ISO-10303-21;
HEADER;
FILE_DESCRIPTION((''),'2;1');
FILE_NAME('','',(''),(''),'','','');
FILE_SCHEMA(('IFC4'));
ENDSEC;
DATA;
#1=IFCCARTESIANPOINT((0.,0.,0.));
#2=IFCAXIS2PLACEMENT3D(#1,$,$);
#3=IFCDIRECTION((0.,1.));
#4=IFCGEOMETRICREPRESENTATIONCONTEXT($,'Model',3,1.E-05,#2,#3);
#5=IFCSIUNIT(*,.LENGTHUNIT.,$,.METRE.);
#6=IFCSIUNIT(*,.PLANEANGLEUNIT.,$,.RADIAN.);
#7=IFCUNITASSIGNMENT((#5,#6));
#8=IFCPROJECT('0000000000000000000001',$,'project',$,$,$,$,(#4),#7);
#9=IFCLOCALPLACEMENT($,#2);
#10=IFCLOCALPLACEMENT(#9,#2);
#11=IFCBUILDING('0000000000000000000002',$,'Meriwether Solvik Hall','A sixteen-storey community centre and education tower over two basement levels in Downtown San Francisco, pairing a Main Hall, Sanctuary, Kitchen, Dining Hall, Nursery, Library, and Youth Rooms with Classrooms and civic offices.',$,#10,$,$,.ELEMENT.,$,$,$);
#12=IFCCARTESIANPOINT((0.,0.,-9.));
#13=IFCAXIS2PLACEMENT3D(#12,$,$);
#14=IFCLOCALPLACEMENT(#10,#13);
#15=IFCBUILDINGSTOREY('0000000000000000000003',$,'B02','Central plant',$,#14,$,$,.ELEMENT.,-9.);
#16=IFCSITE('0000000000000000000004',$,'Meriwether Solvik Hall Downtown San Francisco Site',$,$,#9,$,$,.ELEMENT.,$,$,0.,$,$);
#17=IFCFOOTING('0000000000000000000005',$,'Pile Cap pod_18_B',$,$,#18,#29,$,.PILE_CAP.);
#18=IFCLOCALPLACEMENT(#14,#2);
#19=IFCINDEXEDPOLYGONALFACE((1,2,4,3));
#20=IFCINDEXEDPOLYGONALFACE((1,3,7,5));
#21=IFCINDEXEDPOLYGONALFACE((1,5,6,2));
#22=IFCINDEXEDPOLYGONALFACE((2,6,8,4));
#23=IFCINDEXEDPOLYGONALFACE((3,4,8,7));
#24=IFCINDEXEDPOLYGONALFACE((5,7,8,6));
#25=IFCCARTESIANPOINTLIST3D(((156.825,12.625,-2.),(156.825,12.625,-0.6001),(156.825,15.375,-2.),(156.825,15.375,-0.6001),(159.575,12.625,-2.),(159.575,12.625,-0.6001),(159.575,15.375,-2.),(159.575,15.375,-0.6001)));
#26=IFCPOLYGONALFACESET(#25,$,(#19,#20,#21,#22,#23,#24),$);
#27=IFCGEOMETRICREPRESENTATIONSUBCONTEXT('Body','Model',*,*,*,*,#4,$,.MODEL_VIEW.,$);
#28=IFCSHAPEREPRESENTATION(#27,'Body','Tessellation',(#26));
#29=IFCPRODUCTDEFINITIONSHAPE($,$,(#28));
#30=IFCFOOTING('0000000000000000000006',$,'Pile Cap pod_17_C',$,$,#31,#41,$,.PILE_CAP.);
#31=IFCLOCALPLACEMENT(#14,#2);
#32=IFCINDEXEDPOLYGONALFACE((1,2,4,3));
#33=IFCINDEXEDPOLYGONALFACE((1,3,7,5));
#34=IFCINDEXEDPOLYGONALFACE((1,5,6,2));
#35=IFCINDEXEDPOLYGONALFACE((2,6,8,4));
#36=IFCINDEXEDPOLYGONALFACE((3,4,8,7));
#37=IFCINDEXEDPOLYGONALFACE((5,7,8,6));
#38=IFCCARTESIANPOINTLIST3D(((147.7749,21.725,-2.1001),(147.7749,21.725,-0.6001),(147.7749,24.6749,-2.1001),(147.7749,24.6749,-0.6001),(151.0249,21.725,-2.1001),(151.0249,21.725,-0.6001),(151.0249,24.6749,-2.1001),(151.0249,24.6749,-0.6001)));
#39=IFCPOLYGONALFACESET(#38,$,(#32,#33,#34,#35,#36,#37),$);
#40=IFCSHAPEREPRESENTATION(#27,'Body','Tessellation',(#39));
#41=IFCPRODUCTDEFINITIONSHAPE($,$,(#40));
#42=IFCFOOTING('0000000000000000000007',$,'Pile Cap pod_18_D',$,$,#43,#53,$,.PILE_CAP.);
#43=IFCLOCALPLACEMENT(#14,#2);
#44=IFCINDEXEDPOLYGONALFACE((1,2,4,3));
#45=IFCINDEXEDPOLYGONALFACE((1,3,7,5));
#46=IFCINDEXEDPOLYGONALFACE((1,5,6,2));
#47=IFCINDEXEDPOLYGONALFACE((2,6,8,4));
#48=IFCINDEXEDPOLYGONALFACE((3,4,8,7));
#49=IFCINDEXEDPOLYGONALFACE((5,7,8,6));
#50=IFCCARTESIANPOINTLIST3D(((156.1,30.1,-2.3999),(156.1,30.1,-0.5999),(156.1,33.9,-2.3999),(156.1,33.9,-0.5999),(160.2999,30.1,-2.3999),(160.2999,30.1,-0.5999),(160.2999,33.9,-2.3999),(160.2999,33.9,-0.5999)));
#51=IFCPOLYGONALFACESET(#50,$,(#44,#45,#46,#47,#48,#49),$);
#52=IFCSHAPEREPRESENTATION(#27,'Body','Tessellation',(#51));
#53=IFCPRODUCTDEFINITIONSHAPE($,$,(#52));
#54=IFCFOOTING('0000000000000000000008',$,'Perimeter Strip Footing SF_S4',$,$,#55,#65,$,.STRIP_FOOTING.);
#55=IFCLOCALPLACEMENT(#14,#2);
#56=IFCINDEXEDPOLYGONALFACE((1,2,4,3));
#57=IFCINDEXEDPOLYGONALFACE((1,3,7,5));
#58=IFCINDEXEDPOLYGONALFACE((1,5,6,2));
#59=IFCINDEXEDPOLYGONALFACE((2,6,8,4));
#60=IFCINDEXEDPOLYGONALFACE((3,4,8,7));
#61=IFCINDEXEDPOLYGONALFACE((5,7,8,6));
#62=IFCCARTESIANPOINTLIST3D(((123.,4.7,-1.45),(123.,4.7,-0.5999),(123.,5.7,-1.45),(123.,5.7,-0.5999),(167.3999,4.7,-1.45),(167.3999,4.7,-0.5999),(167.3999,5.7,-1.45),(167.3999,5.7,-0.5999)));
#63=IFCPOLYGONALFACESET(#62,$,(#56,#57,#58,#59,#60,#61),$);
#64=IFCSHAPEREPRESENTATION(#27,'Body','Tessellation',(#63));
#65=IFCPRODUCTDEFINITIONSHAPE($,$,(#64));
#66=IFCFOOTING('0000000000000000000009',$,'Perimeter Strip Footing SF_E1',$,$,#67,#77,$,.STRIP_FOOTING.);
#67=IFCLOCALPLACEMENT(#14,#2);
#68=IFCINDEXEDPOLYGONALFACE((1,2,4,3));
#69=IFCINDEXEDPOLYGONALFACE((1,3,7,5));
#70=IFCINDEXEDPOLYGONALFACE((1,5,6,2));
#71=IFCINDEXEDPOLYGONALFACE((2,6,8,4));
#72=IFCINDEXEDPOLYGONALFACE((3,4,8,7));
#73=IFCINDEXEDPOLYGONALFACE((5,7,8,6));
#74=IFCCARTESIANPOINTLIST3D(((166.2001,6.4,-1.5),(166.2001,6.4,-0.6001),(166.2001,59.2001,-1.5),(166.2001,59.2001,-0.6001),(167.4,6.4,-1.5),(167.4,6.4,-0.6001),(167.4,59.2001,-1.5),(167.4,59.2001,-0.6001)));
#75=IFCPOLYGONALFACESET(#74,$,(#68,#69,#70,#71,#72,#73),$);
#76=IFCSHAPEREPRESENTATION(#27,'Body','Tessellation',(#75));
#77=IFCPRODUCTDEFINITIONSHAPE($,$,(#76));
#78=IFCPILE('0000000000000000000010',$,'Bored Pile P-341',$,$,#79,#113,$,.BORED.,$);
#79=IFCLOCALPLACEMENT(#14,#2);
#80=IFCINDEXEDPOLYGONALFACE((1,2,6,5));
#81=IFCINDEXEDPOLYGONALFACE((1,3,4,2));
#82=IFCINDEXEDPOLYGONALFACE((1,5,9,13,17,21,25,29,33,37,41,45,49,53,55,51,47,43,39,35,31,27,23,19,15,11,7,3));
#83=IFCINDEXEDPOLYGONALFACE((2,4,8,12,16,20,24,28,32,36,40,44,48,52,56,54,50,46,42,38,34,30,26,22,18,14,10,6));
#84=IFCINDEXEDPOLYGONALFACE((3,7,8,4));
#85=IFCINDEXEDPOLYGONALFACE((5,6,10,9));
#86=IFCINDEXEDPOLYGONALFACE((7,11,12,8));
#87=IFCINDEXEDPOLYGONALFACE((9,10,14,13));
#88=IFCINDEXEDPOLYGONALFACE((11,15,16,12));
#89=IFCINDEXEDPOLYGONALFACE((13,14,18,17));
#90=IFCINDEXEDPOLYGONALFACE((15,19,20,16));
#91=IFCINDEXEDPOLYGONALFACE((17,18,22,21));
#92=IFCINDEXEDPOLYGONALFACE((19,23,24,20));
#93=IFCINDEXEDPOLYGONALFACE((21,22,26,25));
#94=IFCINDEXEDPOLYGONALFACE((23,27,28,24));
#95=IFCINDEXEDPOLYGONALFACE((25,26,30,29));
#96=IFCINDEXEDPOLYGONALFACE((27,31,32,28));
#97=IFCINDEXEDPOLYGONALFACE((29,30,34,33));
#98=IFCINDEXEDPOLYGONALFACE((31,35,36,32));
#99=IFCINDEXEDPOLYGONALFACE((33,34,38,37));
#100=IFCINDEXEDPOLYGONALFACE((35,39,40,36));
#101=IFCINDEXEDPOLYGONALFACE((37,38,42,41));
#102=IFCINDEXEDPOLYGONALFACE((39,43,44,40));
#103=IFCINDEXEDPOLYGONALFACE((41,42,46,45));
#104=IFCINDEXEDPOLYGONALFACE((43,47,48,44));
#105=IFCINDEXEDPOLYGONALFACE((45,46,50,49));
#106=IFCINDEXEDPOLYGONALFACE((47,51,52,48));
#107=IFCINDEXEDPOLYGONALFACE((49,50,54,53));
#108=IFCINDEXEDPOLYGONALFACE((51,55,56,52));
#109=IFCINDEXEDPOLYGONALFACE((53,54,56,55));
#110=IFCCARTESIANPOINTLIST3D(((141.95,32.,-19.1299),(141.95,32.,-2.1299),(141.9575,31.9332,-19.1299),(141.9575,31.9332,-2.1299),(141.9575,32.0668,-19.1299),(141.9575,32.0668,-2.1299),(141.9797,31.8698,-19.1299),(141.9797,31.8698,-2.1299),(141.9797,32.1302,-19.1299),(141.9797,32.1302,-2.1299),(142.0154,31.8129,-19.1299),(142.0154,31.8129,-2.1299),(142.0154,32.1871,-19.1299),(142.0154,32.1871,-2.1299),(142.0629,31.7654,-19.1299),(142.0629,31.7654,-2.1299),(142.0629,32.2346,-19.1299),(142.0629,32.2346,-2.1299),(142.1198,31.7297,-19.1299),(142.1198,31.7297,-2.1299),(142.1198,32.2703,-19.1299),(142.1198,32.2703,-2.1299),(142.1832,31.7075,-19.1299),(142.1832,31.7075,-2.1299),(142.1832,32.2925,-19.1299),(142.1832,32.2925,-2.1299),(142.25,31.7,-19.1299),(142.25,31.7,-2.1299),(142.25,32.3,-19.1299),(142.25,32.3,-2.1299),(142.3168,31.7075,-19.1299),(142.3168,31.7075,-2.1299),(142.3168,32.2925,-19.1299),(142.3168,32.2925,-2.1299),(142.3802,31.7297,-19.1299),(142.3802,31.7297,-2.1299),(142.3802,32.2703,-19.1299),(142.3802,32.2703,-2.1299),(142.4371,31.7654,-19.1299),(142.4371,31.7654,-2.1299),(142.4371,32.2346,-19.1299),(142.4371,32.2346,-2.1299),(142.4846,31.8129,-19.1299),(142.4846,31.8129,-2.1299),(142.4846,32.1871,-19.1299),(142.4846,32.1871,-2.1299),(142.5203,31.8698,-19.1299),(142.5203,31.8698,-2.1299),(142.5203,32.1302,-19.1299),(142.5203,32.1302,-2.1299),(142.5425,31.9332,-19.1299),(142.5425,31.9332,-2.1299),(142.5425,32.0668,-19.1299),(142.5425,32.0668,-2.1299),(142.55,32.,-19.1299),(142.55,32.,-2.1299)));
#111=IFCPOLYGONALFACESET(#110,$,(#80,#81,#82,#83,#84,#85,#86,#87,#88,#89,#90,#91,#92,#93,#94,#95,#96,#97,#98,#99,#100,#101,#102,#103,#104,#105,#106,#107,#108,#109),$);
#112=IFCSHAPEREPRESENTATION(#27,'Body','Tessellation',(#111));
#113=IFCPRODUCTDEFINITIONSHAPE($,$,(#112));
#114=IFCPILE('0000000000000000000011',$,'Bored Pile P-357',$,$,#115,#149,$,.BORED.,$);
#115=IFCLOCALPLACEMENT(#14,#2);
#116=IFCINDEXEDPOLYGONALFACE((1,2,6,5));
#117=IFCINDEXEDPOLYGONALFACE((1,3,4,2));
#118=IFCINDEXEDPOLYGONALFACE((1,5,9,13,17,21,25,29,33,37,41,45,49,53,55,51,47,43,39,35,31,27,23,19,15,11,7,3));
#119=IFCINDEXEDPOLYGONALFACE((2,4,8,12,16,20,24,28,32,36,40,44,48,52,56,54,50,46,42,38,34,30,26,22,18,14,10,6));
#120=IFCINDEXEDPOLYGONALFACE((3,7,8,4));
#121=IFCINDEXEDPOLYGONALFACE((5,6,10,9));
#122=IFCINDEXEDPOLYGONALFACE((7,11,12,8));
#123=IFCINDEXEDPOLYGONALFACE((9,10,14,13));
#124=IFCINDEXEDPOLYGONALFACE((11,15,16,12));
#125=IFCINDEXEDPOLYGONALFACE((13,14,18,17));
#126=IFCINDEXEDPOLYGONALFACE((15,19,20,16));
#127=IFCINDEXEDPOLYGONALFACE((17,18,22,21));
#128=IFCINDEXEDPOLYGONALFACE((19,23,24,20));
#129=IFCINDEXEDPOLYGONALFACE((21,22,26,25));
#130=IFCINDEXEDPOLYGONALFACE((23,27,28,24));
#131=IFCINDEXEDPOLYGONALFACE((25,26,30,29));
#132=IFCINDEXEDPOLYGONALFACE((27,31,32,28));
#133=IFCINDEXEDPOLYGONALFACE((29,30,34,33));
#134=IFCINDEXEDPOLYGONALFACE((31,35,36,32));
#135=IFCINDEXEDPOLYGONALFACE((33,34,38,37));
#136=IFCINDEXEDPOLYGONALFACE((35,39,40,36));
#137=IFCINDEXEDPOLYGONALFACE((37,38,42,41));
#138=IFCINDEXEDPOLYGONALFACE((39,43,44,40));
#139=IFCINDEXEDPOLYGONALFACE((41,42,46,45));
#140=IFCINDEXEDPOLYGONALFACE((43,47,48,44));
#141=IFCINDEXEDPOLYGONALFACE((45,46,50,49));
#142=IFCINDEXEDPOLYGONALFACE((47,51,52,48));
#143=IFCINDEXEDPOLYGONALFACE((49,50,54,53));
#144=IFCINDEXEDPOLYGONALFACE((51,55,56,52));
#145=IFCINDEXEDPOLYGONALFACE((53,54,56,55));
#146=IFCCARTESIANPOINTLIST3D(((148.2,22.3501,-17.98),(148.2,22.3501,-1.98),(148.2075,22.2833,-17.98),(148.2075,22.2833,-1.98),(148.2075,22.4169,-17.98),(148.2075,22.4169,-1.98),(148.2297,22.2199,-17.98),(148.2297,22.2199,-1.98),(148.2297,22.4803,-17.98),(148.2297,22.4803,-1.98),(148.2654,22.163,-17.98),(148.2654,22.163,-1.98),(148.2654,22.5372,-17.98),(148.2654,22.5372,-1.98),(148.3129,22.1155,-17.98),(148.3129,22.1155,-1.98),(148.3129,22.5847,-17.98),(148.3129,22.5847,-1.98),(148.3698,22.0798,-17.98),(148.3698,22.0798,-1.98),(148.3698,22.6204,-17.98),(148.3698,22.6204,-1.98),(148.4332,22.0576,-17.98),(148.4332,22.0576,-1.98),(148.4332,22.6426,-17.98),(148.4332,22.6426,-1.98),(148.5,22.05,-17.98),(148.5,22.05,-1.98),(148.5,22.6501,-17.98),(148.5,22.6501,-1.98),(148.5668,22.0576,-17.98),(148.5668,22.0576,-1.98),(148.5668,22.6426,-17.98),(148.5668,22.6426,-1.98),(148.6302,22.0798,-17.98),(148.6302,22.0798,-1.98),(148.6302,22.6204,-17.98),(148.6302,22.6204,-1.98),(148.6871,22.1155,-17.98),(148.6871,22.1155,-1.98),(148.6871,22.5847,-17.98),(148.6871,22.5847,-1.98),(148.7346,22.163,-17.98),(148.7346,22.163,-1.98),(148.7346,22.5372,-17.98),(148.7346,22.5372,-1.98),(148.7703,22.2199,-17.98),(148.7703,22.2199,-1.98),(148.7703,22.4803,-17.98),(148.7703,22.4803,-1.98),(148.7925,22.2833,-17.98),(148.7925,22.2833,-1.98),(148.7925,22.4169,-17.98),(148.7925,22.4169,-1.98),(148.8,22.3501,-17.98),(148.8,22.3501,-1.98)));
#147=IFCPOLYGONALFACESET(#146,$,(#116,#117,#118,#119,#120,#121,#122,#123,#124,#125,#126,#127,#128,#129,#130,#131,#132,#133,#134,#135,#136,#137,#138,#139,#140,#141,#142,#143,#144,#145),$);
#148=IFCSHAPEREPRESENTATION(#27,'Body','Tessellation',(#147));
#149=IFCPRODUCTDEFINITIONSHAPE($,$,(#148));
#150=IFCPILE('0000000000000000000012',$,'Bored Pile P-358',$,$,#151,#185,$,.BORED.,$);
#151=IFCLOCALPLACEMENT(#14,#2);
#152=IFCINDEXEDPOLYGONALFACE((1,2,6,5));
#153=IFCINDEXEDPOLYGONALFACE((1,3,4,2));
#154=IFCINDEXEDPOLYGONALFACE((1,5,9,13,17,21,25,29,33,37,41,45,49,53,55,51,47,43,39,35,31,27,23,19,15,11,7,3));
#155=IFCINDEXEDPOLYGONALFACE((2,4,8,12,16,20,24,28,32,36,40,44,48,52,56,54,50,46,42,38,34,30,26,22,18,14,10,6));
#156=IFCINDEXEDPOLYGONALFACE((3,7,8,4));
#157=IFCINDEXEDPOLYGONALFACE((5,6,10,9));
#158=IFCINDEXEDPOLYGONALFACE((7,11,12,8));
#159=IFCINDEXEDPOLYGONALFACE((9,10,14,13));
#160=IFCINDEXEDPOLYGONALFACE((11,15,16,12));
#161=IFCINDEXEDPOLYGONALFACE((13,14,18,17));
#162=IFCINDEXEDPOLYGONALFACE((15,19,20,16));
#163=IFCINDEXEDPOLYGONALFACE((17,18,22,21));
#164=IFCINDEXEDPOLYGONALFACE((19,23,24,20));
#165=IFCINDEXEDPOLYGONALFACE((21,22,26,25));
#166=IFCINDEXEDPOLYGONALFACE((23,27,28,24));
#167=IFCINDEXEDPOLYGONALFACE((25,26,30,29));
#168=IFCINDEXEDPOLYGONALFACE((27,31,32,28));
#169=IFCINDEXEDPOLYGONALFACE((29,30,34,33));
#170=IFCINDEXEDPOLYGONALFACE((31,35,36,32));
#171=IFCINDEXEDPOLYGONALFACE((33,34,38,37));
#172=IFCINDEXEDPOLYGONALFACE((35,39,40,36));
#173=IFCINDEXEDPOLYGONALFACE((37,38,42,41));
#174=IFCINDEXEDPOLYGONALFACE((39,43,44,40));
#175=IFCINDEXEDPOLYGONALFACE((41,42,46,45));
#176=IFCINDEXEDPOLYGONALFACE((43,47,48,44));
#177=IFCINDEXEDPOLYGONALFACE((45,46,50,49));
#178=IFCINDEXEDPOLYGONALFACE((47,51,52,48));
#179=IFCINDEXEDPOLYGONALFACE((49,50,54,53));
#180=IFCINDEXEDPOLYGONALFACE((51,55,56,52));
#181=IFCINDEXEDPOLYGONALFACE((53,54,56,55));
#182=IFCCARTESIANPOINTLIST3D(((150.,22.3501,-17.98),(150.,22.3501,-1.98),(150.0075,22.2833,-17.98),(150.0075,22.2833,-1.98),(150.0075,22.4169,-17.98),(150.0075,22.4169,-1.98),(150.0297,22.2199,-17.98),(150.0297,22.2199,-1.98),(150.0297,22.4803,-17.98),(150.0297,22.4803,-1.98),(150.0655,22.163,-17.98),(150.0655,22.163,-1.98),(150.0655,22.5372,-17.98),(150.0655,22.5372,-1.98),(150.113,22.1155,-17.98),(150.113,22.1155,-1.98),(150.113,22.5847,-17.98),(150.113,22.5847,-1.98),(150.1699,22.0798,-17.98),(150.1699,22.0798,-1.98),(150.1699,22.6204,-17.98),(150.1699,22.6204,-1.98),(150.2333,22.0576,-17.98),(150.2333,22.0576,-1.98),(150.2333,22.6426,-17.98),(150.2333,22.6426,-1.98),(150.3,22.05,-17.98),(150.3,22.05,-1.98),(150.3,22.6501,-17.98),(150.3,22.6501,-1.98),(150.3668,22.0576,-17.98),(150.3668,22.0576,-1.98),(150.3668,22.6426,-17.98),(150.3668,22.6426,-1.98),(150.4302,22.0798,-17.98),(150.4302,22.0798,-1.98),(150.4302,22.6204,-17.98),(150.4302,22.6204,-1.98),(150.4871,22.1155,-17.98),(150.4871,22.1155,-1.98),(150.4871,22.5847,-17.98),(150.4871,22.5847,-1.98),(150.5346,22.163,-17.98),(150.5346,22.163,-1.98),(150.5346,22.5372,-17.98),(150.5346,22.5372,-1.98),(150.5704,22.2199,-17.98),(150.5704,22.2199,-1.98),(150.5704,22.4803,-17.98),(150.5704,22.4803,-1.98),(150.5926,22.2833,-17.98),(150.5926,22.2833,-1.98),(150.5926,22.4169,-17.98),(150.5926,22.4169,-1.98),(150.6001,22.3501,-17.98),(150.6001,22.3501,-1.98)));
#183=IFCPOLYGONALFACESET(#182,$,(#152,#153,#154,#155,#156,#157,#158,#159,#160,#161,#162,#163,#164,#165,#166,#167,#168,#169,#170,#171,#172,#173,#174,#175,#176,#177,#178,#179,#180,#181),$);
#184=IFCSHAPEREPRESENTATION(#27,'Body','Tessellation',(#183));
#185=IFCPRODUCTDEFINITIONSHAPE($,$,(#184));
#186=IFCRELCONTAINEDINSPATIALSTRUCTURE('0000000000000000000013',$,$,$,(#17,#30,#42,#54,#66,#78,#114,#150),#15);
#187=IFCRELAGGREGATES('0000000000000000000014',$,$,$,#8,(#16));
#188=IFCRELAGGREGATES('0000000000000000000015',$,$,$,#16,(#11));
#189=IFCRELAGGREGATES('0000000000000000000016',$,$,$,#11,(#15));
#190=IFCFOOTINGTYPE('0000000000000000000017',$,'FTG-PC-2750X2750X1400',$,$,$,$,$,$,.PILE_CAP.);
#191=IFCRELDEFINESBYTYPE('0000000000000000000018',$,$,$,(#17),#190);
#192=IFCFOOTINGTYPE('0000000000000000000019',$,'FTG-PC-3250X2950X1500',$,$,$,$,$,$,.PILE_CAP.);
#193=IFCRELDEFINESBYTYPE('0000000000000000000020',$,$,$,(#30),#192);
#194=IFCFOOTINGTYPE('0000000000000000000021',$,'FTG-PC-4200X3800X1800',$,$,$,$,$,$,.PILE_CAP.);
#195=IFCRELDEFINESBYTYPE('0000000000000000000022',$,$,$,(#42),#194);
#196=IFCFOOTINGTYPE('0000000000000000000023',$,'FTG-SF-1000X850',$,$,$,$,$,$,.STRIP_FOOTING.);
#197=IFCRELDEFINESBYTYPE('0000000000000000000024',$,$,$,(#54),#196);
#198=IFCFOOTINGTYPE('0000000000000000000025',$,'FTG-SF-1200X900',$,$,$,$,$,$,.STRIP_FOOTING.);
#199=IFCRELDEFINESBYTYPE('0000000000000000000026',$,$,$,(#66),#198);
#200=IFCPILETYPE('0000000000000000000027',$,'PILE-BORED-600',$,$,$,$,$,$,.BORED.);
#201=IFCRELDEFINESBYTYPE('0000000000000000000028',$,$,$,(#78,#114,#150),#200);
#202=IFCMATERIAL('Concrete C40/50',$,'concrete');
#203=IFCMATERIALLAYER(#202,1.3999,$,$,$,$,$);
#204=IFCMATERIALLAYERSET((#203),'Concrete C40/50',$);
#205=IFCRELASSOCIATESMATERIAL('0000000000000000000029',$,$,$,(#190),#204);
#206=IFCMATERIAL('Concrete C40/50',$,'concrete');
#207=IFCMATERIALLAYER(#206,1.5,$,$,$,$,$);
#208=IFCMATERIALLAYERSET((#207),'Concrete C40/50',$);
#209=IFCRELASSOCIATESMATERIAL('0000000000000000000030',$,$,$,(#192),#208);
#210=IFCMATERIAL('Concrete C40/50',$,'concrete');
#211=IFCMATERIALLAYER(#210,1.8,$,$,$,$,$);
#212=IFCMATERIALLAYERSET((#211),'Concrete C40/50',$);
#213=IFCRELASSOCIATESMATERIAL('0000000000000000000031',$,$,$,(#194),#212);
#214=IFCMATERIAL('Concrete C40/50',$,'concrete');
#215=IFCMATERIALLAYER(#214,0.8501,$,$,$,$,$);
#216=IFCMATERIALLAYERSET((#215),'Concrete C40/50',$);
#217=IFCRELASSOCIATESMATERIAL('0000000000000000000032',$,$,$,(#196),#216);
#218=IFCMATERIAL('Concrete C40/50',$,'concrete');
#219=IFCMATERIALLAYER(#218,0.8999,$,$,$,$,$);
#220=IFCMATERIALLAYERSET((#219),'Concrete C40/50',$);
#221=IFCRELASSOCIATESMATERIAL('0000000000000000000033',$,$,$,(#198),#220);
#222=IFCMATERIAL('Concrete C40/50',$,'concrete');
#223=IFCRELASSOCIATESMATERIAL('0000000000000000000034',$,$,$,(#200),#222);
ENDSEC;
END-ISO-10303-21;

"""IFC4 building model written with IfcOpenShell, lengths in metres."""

from ifc_helpers import new_model, si_unit, direction, frame, origin, origin_2d, place, context, subcontext, project, spatial, rectangle, circle, extrude, material, layer, layer_set, material_profile, profile_set, type_object, element, save


model = new_model("IFC4")

# Units and contexts
model_context = context("Model", 3, precision=1e-05, world=origin(), true_north=direction((0.0, 1.0)))
body_context = subcontext(model_context, "Body", "Model", "MODEL_VIEW")
ifc_project = project(units=[si_unit("LENGTHUNIT", "METRE"), si_unit("PLANEANGLEUNIT", "RADIAN")], contexts=[model_context])

# Site, building, storey
site_placement = place(None, origin())
site = spatial("IfcSite", under=ifc_project, at=site_placement, Name="Meriwether Solvik Hall Downtown San Francisco Site", CompositionType="ELEMENT", RefElevation=0.0)
building_placement = place(site_placement, origin())
building = spatial("IfcBuilding", under=site, at=building_placement, Name="Meriwether Solvik Hall", Description="A sixteen-storey community centre and education tower over two basement levels in Downtown San Francisco, pairing a Main Hall, Sanctuary, Kitchen, Dining Hall, Nursery, Library, and Youth Rooms with Classrooms and civic offices.", CompositionType="ELEMENT")
storey_placement = place(building_placement, frame((0.0, 0.0, -9.0)))
storey = spatial("IfcBuildingStorey", under=building, at=storey_placement, Name="B02", Description="Central plant", CompositionType="ELEMENT", Elevation=-9.0)

# Footings
ifc_material_1 = material(Name="Concrete C40/50", Category="concrete")
ifc_layer_1 = layer(ifc_material_1, 1.3999)
ifc_layer_set_1 = layer_set([ifc_layer_1], Name="Concrete C40/50")
footing_type_1 = type_object("IfcFootingType", Name="FTG-PC-2750X2750X1400", PredefinedType="PILE_CAP", material=ifc_layer_set_1)
footing_1_placement = place(storey_placement, frame((158.2, 14.0, -2.0), z_axis=(0.0, 0.0, 1.0), x_axis=(1.0, 0.0, 0.0)))
element("IfcFooting", 1, at=footing_1_placement, inside=storey, type_object=footing_type_1, Name="Pile Cap pod_18_B", PredefinedType="PILE_CAP", context=body_context, shape_type="SweptSolid", body=[
    extrude(rectangle(XDim=2.75, YDim=2.75, at=origin_2d()), origin(), (0.0, 0.0, 1.0), 1.3999),
])
ifc_material_2 = material(Name="Concrete C40/50", Category="concrete")
ifc_layer_2 = layer(ifc_material_2, 1.5)
ifc_layer_set_2 = layer_set([ifc_layer_2], Name="Concrete C40/50")
footing_type_2 = type_object("IfcFootingType", Name="FTG-PC-3250X2950X1500", PredefinedType="PILE_CAP", material=ifc_layer_set_2)
footing_2_placement = place(storey_placement, frame((149.3999, 23.2, -2.1001), z_axis=(0.0, 0.0, 1.0), x_axis=(1.0, 0.0, 0.0)))
element("IfcFooting", 2, at=footing_2_placement, inside=storey, type_object=footing_type_2, Name="Pile Cap pod_17_C", PredefinedType="PILE_CAP", context=body_context, shape_type="SweptSolid", body=[
    extrude(rectangle(XDim=3.25, YDim=2.95, at=origin_2d()), origin(), (0.0, 0.0, 1.0), 1.5),
])
ifc_material_3 = material(Name="Concrete C40/50", Category="concrete")
ifc_layer_3 = layer(ifc_material_3, 1.8)
ifc_layer_set_3 = layer_set([ifc_layer_3], Name="Concrete C40/50")
footing_type_3 = type_object("IfcFootingType", Name="FTG-PC-4200X3800X1800", PredefinedType="PILE_CAP", material=ifc_layer_set_3)
footing_3_placement = place(storey_placement, frame((158.2, 32.0, -2.3999), z_axis=(0.0, 0.0, 1.0), x_axis=(1.0, 0.0, 0.0)))
element("IfcFooting", 3, at=footing_3_placement, inside=storey, type_object=footing_type_3, Name="Pile Cap pod_18_D", PredefinedType="PILE_CAP", context=body_context, shape_type="SweptSolid", body=[
    extrude(rectangle(XDim=4.2, YDim=3.8, at=origin_2d()), origin(), (0.0, 0.0, 1.0), 1.8),
])
ifc_material_4 = material(Name="Concrete C40/50", Category="concrete")
ifc_layer_4 = layer(ifc_material_4, 0.8501)
ifc_layer_set_4 = layer_set([ifc_layer_4], Name="Concrete C40/50")
footing_type_4 = type_object("IfcFootingType", Name="FTG-SF-1000X850", PredefinedType="STRIP_FOOTING", material=ifc_layer_set_4)
footing_4_placement = place(storey_placement, frame((145.2, 5.2, -1.45), z_axis=(0.0, 0.0, 1.0), x_axis=(1.0, 0.0, 0.0)))
element("IfcFooting", 4, at=footing_4_placement, inside=storey, type_object=footing_type_4, Name="Perimeter Strip Footing SF_S4", PredefinedType="STRIP_FOOTING", context=body_context, shape_type="SweptSolid", body=[
    extrude(rectangle(XDim=44.3999, YDim=1.0, at=origin_2d()), origin(), (0.0, 0.0, 1.0), 0.8501),
])
ifc_material_5 = material(Name="Concrete C40/50", Category="concrete")
ifc_layer_5 = layer(ifc_material_5, 0.8999)
ifc_layer_set_5 = layer_set([ifc_layer_5], Name="Concrete C40/50")
footing_type_5 = type_object("IfcFootingType", Name="FTG-SF-1200X900", PredefinedType="STRIP_FOOTING", material=ifc_layer_set_5)
footing_5_placement = place(storey_placement, frame((166.8, 32.8, -1.5), z_axis=(0.0, 0.0, 1.0), x_axis=(0.0, 1.0, 0.0)))
element("IfcFooting", 5, at=footing_5_placement, inside=storey, type_object=footing_type_5, Name="Perimeter Strip Footing SF_E1", PredefinedType="STRIP_FOOTING", context=body_context, shape_type="SweptSolid", body=[
    extrude(rectangle(XDim=52.8, YDim=1.2, at=origin_2d()), origin(), (0.0, 0.0, 1.0), 0.8999),
])

# Piles
ifc_material_6 = material(Name="Concrete C40/50", Category="concrete")
ifc_material_profile_1 = material_profile(ifc_material_6, circle(Radius=0.3, at=origin_2d()), Name="PILE-D600")
ifc_profile_set_1 = profile_set([ifc_material_profile_1], Name="Concrete C40/50")
pile_type_1 = type_object("IfcPileType", Name="PILE-BORED-600", PredefinedType="BORED", material=ifc_profile_set_1)
pile_1_placement = place(storey_placement, frame((142.25, 32.0, -2.1299), z_axis=(0.0, 0.0, -1.0), x_axis=(1.0, 0.0, 0.0)))
element("IfcPile", 6, at=pile_1_placement, inside=storey, type_object=pile_type_1, Name="Bored Pile P-341", PredefinedType="BORED", context=body_context, shape_type="SweptSolid", body=[
    extrude(circle(Radius=0.3, at=origin_2d()), origin(), (0.0, 0.0, 1.0), 17.0),
])
for number, where, z_axis, x_axis, name in (
    (7, (148.5, 22.3501, -1.98), (0.0, 0.0, -1.0), (1.0, 0.0, 0.0), "Bored Pile P-357"),
    (8, (150.3, 22.3501, -1.98), (0.0, 0.0, -1.0), (1.0, 0.0, 0.0), "Bored Pile P-358"),
):
    element("IfcPile", number, at=place(storey_placement, frame(where, z_axis=z_axis, x_axis=x_axis)), inside=storey, type_object=pile_type_1, Name=name, PredefinedType="BORED", context=body_context, shape_type="SweptSolid", body=[
        extrude(circle(Radius=0.3, at=origin_2d()), origin(), (0.0, 0.0, 1.0), 16.0),
    ])

save(model, "model.ifc")
